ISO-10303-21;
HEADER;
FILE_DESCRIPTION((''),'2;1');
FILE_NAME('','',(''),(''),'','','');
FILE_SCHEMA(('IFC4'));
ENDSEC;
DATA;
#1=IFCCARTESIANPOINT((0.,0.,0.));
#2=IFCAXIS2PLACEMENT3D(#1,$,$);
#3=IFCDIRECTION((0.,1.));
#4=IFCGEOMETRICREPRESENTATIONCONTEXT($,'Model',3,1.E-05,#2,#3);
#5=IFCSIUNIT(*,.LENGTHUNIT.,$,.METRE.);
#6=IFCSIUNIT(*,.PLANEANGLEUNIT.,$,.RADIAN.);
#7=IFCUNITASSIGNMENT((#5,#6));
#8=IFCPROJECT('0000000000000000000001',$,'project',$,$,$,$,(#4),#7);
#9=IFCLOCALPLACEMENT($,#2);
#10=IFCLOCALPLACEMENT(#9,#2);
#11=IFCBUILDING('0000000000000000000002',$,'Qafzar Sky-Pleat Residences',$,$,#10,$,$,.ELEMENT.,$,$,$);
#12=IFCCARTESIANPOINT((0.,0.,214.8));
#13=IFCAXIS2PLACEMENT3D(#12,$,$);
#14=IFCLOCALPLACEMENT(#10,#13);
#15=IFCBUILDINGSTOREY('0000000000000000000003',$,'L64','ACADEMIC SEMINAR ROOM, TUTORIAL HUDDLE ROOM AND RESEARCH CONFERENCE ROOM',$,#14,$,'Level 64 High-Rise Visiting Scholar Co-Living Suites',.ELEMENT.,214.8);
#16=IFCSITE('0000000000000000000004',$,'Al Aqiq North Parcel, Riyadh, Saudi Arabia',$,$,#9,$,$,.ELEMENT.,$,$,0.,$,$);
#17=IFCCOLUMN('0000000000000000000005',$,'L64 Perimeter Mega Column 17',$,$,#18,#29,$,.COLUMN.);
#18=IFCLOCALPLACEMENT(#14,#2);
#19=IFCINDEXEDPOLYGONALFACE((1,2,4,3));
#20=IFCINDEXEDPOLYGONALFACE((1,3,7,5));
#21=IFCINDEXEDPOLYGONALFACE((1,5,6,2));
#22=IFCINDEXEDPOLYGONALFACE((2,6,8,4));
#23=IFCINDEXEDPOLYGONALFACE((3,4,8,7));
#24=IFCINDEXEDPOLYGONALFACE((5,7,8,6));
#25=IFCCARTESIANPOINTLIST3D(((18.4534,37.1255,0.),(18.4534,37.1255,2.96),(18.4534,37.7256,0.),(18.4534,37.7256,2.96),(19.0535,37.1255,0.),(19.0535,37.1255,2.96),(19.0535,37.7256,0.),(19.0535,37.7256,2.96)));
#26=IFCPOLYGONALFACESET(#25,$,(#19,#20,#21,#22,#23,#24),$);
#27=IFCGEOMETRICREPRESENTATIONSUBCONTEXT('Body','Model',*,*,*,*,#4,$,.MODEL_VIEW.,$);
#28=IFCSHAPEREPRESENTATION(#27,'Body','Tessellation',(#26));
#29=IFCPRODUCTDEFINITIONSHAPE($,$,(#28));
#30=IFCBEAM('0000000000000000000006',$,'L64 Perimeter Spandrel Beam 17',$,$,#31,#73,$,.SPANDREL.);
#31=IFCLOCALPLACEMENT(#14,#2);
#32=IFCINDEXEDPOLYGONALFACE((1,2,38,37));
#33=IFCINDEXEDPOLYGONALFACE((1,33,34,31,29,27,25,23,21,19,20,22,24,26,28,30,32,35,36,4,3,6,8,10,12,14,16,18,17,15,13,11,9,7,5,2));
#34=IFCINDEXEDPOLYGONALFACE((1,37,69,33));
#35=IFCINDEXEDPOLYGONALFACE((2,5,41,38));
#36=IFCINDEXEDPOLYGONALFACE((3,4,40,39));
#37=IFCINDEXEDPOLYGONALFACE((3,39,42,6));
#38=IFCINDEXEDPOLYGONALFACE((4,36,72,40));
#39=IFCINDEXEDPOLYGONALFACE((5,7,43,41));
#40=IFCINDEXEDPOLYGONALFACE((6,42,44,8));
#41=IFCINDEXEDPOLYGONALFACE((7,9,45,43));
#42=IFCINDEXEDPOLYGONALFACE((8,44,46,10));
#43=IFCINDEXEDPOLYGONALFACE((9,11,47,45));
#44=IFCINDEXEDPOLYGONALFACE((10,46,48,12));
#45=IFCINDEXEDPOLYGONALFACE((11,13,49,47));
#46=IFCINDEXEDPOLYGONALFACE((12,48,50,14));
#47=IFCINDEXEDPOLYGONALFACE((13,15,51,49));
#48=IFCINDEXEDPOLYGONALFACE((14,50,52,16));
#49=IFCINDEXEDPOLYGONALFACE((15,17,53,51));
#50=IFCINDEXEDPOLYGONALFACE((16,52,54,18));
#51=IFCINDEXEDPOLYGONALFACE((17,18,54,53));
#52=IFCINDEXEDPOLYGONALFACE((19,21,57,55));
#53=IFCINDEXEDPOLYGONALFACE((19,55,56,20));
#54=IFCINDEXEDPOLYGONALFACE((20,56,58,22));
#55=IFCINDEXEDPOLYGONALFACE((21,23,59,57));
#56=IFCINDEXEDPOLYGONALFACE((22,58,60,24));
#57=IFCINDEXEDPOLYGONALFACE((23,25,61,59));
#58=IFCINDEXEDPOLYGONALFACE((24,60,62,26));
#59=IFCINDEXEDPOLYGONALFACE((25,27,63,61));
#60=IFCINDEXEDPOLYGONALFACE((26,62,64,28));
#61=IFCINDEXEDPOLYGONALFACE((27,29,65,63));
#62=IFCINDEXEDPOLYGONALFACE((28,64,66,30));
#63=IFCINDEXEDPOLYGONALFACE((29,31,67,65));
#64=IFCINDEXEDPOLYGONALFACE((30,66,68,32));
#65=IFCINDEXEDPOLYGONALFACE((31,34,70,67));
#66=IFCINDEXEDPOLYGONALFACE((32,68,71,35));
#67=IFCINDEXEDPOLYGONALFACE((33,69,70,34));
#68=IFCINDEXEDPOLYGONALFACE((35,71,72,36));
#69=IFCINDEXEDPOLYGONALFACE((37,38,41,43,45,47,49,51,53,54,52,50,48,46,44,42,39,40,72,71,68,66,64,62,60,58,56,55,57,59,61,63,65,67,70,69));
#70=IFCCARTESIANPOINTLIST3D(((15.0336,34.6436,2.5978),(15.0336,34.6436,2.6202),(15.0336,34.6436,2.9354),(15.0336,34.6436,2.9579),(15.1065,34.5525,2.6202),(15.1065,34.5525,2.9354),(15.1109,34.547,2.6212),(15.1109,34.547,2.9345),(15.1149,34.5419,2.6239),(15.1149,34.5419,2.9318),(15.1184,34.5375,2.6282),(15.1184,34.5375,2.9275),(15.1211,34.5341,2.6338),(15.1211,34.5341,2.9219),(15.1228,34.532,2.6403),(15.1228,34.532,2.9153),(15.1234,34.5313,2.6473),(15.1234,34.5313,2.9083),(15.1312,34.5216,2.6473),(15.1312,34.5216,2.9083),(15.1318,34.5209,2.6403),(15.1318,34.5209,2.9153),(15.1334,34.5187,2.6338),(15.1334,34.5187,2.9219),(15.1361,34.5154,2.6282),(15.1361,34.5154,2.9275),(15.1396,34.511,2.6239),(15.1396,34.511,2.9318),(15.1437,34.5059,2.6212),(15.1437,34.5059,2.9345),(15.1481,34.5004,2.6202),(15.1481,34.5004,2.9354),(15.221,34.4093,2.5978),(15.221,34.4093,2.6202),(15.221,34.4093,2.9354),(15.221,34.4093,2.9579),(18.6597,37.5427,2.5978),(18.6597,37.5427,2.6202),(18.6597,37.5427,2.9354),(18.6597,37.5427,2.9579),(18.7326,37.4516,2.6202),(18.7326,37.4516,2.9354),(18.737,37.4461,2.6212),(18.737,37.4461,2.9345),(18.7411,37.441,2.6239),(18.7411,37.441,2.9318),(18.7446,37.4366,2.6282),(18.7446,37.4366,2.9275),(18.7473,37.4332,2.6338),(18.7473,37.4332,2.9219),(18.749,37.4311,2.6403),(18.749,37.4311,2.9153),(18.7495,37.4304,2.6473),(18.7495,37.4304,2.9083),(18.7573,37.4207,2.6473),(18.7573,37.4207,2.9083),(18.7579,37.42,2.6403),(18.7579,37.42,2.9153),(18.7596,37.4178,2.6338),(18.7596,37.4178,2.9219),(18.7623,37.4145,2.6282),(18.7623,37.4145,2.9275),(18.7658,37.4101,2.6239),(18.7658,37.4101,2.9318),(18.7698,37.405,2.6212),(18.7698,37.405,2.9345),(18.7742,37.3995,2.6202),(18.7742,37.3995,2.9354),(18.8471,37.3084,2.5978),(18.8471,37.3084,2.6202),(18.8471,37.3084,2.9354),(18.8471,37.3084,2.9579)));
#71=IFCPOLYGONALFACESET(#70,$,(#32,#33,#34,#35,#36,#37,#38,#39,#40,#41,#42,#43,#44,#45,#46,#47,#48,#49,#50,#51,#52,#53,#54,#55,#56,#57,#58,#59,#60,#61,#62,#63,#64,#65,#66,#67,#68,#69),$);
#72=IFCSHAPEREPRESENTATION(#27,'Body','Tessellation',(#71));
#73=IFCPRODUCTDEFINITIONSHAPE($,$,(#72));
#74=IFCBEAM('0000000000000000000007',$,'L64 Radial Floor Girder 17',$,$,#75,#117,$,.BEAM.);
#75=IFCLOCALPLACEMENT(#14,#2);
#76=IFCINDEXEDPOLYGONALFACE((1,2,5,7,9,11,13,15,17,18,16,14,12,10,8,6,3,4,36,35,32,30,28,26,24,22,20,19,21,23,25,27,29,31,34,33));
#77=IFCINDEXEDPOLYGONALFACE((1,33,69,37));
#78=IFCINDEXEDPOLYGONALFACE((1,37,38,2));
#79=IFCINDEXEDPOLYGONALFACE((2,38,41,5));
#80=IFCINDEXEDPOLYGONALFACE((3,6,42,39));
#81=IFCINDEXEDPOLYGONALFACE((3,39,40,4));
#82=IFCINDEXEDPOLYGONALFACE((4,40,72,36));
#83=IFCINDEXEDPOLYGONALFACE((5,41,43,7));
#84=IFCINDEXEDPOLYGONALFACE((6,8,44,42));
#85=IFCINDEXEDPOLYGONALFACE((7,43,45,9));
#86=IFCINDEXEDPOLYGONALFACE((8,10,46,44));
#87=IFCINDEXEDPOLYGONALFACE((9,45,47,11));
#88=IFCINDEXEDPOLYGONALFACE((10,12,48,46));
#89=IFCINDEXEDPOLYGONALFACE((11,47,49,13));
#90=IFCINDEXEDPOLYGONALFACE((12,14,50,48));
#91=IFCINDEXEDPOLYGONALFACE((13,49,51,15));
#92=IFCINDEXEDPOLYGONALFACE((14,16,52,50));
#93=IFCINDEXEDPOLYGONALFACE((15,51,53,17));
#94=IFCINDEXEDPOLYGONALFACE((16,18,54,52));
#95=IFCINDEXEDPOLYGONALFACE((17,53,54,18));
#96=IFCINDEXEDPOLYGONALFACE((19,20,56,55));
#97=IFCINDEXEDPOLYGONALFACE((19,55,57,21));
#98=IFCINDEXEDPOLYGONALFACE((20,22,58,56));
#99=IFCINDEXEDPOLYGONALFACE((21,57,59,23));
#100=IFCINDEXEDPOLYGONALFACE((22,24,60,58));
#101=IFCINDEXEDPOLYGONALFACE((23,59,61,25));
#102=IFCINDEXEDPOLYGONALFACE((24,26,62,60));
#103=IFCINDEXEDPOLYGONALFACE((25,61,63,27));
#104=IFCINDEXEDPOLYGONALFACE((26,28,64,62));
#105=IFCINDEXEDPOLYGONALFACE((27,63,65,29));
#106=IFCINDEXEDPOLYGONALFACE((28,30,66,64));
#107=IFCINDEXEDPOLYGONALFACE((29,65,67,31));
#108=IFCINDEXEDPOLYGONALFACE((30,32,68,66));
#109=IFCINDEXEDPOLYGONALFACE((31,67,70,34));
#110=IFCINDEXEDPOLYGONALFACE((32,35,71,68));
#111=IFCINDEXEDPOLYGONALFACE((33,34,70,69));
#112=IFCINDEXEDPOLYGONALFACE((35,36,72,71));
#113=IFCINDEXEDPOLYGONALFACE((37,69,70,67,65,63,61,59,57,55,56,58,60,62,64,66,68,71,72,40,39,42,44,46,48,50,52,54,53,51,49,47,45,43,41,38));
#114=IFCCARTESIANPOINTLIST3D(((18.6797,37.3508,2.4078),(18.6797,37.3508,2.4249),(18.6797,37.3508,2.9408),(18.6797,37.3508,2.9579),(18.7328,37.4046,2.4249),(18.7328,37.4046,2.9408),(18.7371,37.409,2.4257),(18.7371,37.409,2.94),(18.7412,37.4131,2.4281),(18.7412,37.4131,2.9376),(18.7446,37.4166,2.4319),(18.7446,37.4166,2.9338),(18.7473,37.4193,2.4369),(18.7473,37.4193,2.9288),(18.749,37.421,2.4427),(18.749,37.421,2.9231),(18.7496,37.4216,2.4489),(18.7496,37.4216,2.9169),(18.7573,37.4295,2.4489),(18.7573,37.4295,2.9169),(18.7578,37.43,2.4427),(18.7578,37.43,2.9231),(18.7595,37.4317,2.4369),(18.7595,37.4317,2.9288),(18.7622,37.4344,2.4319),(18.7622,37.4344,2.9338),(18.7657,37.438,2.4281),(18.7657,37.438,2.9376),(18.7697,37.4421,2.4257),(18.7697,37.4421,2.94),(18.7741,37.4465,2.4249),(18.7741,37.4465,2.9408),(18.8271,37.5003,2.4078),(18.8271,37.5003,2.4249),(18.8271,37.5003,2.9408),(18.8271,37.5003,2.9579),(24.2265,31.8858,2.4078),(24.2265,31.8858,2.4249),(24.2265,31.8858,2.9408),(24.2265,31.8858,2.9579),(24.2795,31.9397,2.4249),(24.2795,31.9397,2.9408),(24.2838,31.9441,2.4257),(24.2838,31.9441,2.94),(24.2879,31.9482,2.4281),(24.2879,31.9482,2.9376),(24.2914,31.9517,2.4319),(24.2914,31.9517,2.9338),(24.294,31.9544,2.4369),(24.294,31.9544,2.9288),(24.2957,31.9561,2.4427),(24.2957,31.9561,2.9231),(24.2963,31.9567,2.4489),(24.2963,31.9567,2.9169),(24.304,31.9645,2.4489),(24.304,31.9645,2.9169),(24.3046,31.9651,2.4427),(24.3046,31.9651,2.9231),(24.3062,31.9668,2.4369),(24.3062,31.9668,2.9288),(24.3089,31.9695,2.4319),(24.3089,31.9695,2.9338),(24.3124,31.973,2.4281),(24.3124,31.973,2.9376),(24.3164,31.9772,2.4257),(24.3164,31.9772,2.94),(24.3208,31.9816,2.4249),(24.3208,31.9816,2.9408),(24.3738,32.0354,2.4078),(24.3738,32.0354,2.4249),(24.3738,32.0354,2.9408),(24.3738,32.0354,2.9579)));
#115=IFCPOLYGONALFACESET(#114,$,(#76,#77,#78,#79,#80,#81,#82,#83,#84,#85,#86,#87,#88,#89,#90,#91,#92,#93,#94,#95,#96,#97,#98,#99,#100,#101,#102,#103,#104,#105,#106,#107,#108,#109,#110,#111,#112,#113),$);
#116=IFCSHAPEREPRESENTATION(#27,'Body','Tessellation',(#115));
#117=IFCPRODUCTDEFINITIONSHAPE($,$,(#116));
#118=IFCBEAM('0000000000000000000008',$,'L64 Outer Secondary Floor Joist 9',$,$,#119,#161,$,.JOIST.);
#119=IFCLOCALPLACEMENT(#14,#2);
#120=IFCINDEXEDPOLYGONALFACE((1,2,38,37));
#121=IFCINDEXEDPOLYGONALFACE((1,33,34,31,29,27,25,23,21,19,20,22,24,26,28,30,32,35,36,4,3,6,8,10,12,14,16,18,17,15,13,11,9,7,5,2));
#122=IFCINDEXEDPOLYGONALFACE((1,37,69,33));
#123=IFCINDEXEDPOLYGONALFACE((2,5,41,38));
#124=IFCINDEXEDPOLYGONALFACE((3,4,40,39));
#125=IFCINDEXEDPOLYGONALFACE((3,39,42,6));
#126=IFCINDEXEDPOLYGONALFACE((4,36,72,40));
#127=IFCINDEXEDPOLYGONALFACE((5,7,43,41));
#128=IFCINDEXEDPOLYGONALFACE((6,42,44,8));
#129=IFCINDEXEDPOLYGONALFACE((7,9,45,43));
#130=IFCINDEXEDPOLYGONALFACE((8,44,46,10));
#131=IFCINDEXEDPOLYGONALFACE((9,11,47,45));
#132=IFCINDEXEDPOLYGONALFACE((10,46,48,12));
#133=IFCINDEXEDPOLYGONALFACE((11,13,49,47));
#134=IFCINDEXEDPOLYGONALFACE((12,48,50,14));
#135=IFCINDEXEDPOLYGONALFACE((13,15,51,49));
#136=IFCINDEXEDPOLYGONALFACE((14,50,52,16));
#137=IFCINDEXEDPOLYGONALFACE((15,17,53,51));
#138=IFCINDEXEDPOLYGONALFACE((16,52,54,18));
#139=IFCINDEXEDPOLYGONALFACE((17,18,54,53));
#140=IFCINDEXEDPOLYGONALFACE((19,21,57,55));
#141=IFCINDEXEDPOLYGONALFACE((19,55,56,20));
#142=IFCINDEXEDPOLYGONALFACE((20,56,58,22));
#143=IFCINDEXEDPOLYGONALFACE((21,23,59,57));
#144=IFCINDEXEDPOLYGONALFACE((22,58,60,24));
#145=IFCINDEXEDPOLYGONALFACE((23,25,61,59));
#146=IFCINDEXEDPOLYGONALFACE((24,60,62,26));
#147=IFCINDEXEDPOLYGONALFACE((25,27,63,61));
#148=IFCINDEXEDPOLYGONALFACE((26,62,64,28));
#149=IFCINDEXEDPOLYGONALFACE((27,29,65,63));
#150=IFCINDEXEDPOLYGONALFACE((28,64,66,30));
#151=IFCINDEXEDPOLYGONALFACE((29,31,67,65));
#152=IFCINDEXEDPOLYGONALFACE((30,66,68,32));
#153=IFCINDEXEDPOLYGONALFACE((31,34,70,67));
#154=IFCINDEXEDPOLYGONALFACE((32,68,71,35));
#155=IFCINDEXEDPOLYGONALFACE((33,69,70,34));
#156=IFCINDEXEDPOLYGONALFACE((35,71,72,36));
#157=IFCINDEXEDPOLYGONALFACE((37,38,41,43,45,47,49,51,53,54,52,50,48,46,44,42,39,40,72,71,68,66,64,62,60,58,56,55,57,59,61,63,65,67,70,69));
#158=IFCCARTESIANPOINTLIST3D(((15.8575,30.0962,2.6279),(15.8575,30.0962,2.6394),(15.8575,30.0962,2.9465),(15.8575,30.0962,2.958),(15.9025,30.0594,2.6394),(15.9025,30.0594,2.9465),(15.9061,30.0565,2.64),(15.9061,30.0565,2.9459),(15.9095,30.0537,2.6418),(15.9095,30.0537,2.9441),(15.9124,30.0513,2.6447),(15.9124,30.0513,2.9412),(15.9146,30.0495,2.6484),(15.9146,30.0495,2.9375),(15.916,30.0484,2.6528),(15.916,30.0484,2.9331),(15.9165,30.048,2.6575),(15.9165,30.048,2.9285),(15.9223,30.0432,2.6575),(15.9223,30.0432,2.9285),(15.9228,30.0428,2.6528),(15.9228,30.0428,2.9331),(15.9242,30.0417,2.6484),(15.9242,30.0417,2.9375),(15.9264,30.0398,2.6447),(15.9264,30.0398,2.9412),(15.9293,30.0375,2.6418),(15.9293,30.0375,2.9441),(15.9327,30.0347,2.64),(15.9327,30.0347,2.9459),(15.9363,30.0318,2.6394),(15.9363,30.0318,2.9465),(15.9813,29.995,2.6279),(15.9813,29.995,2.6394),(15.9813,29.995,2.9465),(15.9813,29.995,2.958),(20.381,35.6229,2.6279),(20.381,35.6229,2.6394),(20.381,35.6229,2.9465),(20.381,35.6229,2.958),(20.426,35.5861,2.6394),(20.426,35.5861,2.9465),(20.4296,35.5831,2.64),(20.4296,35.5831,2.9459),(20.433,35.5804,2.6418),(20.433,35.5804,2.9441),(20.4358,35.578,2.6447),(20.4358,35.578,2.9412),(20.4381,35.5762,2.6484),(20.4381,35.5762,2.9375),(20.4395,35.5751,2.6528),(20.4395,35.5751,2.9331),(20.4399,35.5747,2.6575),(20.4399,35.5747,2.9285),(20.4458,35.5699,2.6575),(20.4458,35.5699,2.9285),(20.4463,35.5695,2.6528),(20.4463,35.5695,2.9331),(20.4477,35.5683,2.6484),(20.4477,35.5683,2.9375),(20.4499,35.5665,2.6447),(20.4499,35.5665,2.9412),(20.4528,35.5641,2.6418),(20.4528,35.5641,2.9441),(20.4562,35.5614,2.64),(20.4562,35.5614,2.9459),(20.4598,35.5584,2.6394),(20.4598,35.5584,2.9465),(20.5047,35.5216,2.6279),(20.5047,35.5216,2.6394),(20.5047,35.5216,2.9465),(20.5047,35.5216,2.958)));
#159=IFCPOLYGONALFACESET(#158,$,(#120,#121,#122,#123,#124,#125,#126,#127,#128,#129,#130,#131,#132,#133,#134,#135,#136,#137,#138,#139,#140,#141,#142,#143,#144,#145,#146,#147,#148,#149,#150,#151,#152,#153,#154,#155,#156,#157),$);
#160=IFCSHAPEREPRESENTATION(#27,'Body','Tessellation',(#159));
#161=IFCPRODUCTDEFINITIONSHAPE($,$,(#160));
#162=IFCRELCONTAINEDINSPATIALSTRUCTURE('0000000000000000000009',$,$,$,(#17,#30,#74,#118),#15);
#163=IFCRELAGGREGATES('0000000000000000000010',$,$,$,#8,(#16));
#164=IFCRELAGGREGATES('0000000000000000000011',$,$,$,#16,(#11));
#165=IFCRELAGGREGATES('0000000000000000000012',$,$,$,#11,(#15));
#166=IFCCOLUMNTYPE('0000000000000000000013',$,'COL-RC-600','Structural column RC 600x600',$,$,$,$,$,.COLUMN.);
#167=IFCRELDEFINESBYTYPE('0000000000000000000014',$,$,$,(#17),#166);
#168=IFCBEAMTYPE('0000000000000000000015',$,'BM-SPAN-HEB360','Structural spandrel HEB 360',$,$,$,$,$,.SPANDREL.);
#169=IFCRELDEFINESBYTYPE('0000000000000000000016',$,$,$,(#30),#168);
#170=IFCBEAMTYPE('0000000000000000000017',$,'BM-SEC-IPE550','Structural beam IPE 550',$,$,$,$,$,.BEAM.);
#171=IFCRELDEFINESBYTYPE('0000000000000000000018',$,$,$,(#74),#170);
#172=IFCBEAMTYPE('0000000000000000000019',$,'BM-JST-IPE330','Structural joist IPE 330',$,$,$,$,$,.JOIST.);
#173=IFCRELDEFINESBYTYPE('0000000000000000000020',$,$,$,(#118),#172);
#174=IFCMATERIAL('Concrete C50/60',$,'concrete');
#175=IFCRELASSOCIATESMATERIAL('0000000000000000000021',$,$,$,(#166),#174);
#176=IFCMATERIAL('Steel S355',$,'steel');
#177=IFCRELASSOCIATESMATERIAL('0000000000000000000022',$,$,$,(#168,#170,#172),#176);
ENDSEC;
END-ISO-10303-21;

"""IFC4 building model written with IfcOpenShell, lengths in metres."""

from ifc_helpers import new_model, si_unit, direction, frame, origin, origin_2d, place, context, subcontext, project, spatial, rectangle, i_section, extrude, source, transform, mapped, material, material_profile, profile_set, type_object, element, save


model = new_model("IFC4")

# Units and contexts
model_context = context("Model", 3, precision=1e-05, world=origin(), true_north=direction((0.0, 1.0)))
body_context = subcontext(model_context, "Body", "Model", "MODEL_VIEW")
ifc_project = project(units=[si_unit("LENGTHUNIT", "METRE"), si_unit("PLANEANGLEUNIT", "RADIAN")], contexts=[model_context])

# Site, building, storey
site_placement = place(None, origin())
site = spatial("IfcSite", under=ifc_project, at=site_placement, Name="Al Aqiq North Parcel, Riyadh, Saudi Arabia", CompositionType="ELEMENT", RefElevation=0.0)
building_placement = place(site_placement, origin())
building = spatial("IfcBuilding", under=site, at=building_placement, Name="Qafzar Sky-Pleat Residences", CompositionType="ELEMENT")
storey_placement = place(building_placement, frame((0.0, 0.0, 214.8)))
storey = spatial("IfcBuildingStorey", under=building, at=storey_placement, Name="L64", Description="ACADEMIC SEMINAR ROOM, TUTORIAL HUDDLE ROOM AND RESEARCH CONFERENCE ROOM", LongName="Level 64 High-Rise Visiting Scholar Co-Living Suites", CompositionType="ELEMENT", Elevation=214.8)

# Column
ifc_material_1 = material(Name="Concrete C50/60", Category="concrete")
ifc_material_profile_1 = material_profile(ifc_material_1, rectangle(XDim=0.6001, YDim=0.6001, at=origin_2d()), Name="RC 600x600")
ifc_profile_set_1 = profile_set([ifc_material_profile_1], Name="Concrete C50/60")
column_type = type_object("IfcColumnType", Name="COL-RC-600", Description="Structural column RC 600x600", PredefinedType="COLUMN", material=ifc_profile_set_1)
shared_shape_1 = source(origin(), body_context, "Body", "SweptSolid", [
    extrude(rectangle(XDim=0.6001, YDim=0.6001, at=origin_2d()), origin(), (0.0, 0.0, 1.0), 2.96),
])
column_placement = place(storey_placement, frame((18.7534, 37.4255, 0.0), z_axis=(0.0, 0.0, 1.0), x_axis=(1.0, 0.0, 0.0)))
element("IfcColumn", 1, at=column_placement, inside=storey, type_object=column_type, Name="L64 Perimeter Mega Column 17", PredefinedType="COLUMN", context=body_context, shape_type="MappedRepresentation", body=[
    mapped(shared_shape_1, transform((0.0, 0.0, 0.0), x_axis=(1.0, 0.0, 0.0), y_axis=(0.0, 1.0, 0.0), z_axis=(0.0, 0.0, 1.0), scale=1.0)),
])

# Beams
ifc_material_2 = material(Name="Steel S355", Category="steel")
ifc_material_profile_2 = material_profile(ifc_material_2, i_section(OverallWidth=0.3, OverallDepth=0.3601, WebThickness=0.0125, FlangeThickness=0.0225, FilletRadius=0.0271, at=origin_2d()), Name="HEB 360")
ifc_profile_set_2 = profile_set([ifc_material_profile_2], Name="Steel S355")
beam_type_1 = type_object("IfcBeamType", Name="BM-SPAN-HEB360", Description="Structural spandrel HEB 360", PredefinedType="SPANDREL", material=ifc_profile_set_2)
shared_shape_2 = source(origin(), body_context, "Body", "SweptSolid", [
    extrude(i_section(OverallWidth=0.3, OverallDepth=0.3601, WebThickness=0.0125, FlangeThickness=0.0225, FilletRadius=0.0271, at=origin_2d()), origin(), (0.0, 0.0, 1.0), 4.6426),
])
beam_1_placement = place(storey_placement, frame((18.7534, 37.4255, 2.7778), z_axis=(-0.781059, -0.624458, 0.0), x_axis=(0.624458, -0.781059, 0.0)))
element("IfcBeam", 2, at=beam_1_placement, inside=storey, type_object=beam_type_1, Name="L64 Perimeter Spandrel Beam 17", PredefinedType="SPANDREL", context=body_context, shape_type="MappedRepresentation", body=[
    mapped(shared_shape_2, transform((0.0, 0.0, 0.0), x_axis=(1.0, 0.0, 0.0), y_axis=(0.0, 1.0, 0.0), z_axis=(0.0, 0.0, 1.0), scale=1.0)),
])
ifc_material_profile_3 = material_profile(ifc_material_2, i_section(OverallWidth=0.21, OverallDepth=0.55, WebThickness=0.011, FlangeThickness=0.0171, FilletRadius=0.0239, at=origin_2d()), Name="IPE 550")
ifc_profile_set_3 = profile_set([ifc_material_profile_3], Name="Steel S355")
beam_type_2 = type_object("IfcBeamType", Name="BM-SEC-IPE550", Description="Structural beam IPE 550", PredefinedType="BEAM", material=ifc_profile_set_3)
shared_shape_3 = source(origin(), body_context, "Body", "SweptSolid", [
    extrude(i_section(OverallWidth=0.21, OverallDepth=0.55, WebThickness=0.011, FlangeThickness=0.0171, FilletRadius=0.0239, at=origin_2d()), origin(), (0.0, 0.0, 1.0), 7.7866),
])
beam_2_placement = place(storey_placement, frame((18.7534, 37.4255, 2.6829), z_axis=(0.712339, -0.701835, 0.0), x_axis=(0.701835, 0.712339, 0.0)))
element("IfcBeam", 3, at=beam_2_placement, inside=storey, type_object=beam_type_2, Name="L64 Radial Floor Girder 17", PredefinedType="BEAM", context=body_context, shape_type="MappedRepresentation", body=[
    mapped(shared_shape_3, transform((0.0, 0.0, 0.0), x_axis=(1.0, 0.0, 0.0), y_axis=(0.0, 1.0, 0.0), z_axis=(0.0, 0.0, 1.0), scale=1.0)),
])
ifc_material_profile_4 = material_profile(ifc_material_2, i_section(OverallWidth=0.1599, OverallDepth=0.3301, WebThickness=0.0076, FlangeThickness=0.0115, FilletRadius=0.0181, at=origin_2d()), Name="IPE 330")
ifc_profile_set_4 = profile_set([ifc_material_profile_4], Name="Steel S355")
beam_type_3 = type_object("IfcBeamType", Name="BM-JST-IPE330", Description="Structural joist IPE 330", PredefinedType="JOIST", material=ifc_profile_set_4)
shared_shape_4 = source(origin(), body_context, "Body", "SweptSolid", [
    extrude(i_section(OverallWidth=0.1599, OverallDepth=0.3301, WebThickness=0.0076, FlangeThickness=0.0115, FilletRadius=0.0181, at=origin_2d()), origin(), (0.0, 0.0, 1.0), 7.1418),
])
beam_3_placement = place(storey_placement, frame((20.4429, 35.5723, 2.793), z_axis=(-0.633377, -0.773843, 0.0), x_axis=(0.773843, -0.633377, 0.0)))
element("IfcBeam", 4, at=beam_3_placement, inside=storey, type_object=beam_type_3, Name="L64 Outer Secondary Floor Joist 9", PredefinedType="JOIST", context=body_context, shape_type="MappedRepresentation", body=[
    mapped(shared_shape_4, transform((0.0, 0.0, 0.0), x_axis=(1.0, 0.0, 0.0), y_axis=(0.0, 1.0, 0.0), z_axis=(0.0, 0.0, 1.0), scale=1.0)),
])

save(model, "model.ifc")
